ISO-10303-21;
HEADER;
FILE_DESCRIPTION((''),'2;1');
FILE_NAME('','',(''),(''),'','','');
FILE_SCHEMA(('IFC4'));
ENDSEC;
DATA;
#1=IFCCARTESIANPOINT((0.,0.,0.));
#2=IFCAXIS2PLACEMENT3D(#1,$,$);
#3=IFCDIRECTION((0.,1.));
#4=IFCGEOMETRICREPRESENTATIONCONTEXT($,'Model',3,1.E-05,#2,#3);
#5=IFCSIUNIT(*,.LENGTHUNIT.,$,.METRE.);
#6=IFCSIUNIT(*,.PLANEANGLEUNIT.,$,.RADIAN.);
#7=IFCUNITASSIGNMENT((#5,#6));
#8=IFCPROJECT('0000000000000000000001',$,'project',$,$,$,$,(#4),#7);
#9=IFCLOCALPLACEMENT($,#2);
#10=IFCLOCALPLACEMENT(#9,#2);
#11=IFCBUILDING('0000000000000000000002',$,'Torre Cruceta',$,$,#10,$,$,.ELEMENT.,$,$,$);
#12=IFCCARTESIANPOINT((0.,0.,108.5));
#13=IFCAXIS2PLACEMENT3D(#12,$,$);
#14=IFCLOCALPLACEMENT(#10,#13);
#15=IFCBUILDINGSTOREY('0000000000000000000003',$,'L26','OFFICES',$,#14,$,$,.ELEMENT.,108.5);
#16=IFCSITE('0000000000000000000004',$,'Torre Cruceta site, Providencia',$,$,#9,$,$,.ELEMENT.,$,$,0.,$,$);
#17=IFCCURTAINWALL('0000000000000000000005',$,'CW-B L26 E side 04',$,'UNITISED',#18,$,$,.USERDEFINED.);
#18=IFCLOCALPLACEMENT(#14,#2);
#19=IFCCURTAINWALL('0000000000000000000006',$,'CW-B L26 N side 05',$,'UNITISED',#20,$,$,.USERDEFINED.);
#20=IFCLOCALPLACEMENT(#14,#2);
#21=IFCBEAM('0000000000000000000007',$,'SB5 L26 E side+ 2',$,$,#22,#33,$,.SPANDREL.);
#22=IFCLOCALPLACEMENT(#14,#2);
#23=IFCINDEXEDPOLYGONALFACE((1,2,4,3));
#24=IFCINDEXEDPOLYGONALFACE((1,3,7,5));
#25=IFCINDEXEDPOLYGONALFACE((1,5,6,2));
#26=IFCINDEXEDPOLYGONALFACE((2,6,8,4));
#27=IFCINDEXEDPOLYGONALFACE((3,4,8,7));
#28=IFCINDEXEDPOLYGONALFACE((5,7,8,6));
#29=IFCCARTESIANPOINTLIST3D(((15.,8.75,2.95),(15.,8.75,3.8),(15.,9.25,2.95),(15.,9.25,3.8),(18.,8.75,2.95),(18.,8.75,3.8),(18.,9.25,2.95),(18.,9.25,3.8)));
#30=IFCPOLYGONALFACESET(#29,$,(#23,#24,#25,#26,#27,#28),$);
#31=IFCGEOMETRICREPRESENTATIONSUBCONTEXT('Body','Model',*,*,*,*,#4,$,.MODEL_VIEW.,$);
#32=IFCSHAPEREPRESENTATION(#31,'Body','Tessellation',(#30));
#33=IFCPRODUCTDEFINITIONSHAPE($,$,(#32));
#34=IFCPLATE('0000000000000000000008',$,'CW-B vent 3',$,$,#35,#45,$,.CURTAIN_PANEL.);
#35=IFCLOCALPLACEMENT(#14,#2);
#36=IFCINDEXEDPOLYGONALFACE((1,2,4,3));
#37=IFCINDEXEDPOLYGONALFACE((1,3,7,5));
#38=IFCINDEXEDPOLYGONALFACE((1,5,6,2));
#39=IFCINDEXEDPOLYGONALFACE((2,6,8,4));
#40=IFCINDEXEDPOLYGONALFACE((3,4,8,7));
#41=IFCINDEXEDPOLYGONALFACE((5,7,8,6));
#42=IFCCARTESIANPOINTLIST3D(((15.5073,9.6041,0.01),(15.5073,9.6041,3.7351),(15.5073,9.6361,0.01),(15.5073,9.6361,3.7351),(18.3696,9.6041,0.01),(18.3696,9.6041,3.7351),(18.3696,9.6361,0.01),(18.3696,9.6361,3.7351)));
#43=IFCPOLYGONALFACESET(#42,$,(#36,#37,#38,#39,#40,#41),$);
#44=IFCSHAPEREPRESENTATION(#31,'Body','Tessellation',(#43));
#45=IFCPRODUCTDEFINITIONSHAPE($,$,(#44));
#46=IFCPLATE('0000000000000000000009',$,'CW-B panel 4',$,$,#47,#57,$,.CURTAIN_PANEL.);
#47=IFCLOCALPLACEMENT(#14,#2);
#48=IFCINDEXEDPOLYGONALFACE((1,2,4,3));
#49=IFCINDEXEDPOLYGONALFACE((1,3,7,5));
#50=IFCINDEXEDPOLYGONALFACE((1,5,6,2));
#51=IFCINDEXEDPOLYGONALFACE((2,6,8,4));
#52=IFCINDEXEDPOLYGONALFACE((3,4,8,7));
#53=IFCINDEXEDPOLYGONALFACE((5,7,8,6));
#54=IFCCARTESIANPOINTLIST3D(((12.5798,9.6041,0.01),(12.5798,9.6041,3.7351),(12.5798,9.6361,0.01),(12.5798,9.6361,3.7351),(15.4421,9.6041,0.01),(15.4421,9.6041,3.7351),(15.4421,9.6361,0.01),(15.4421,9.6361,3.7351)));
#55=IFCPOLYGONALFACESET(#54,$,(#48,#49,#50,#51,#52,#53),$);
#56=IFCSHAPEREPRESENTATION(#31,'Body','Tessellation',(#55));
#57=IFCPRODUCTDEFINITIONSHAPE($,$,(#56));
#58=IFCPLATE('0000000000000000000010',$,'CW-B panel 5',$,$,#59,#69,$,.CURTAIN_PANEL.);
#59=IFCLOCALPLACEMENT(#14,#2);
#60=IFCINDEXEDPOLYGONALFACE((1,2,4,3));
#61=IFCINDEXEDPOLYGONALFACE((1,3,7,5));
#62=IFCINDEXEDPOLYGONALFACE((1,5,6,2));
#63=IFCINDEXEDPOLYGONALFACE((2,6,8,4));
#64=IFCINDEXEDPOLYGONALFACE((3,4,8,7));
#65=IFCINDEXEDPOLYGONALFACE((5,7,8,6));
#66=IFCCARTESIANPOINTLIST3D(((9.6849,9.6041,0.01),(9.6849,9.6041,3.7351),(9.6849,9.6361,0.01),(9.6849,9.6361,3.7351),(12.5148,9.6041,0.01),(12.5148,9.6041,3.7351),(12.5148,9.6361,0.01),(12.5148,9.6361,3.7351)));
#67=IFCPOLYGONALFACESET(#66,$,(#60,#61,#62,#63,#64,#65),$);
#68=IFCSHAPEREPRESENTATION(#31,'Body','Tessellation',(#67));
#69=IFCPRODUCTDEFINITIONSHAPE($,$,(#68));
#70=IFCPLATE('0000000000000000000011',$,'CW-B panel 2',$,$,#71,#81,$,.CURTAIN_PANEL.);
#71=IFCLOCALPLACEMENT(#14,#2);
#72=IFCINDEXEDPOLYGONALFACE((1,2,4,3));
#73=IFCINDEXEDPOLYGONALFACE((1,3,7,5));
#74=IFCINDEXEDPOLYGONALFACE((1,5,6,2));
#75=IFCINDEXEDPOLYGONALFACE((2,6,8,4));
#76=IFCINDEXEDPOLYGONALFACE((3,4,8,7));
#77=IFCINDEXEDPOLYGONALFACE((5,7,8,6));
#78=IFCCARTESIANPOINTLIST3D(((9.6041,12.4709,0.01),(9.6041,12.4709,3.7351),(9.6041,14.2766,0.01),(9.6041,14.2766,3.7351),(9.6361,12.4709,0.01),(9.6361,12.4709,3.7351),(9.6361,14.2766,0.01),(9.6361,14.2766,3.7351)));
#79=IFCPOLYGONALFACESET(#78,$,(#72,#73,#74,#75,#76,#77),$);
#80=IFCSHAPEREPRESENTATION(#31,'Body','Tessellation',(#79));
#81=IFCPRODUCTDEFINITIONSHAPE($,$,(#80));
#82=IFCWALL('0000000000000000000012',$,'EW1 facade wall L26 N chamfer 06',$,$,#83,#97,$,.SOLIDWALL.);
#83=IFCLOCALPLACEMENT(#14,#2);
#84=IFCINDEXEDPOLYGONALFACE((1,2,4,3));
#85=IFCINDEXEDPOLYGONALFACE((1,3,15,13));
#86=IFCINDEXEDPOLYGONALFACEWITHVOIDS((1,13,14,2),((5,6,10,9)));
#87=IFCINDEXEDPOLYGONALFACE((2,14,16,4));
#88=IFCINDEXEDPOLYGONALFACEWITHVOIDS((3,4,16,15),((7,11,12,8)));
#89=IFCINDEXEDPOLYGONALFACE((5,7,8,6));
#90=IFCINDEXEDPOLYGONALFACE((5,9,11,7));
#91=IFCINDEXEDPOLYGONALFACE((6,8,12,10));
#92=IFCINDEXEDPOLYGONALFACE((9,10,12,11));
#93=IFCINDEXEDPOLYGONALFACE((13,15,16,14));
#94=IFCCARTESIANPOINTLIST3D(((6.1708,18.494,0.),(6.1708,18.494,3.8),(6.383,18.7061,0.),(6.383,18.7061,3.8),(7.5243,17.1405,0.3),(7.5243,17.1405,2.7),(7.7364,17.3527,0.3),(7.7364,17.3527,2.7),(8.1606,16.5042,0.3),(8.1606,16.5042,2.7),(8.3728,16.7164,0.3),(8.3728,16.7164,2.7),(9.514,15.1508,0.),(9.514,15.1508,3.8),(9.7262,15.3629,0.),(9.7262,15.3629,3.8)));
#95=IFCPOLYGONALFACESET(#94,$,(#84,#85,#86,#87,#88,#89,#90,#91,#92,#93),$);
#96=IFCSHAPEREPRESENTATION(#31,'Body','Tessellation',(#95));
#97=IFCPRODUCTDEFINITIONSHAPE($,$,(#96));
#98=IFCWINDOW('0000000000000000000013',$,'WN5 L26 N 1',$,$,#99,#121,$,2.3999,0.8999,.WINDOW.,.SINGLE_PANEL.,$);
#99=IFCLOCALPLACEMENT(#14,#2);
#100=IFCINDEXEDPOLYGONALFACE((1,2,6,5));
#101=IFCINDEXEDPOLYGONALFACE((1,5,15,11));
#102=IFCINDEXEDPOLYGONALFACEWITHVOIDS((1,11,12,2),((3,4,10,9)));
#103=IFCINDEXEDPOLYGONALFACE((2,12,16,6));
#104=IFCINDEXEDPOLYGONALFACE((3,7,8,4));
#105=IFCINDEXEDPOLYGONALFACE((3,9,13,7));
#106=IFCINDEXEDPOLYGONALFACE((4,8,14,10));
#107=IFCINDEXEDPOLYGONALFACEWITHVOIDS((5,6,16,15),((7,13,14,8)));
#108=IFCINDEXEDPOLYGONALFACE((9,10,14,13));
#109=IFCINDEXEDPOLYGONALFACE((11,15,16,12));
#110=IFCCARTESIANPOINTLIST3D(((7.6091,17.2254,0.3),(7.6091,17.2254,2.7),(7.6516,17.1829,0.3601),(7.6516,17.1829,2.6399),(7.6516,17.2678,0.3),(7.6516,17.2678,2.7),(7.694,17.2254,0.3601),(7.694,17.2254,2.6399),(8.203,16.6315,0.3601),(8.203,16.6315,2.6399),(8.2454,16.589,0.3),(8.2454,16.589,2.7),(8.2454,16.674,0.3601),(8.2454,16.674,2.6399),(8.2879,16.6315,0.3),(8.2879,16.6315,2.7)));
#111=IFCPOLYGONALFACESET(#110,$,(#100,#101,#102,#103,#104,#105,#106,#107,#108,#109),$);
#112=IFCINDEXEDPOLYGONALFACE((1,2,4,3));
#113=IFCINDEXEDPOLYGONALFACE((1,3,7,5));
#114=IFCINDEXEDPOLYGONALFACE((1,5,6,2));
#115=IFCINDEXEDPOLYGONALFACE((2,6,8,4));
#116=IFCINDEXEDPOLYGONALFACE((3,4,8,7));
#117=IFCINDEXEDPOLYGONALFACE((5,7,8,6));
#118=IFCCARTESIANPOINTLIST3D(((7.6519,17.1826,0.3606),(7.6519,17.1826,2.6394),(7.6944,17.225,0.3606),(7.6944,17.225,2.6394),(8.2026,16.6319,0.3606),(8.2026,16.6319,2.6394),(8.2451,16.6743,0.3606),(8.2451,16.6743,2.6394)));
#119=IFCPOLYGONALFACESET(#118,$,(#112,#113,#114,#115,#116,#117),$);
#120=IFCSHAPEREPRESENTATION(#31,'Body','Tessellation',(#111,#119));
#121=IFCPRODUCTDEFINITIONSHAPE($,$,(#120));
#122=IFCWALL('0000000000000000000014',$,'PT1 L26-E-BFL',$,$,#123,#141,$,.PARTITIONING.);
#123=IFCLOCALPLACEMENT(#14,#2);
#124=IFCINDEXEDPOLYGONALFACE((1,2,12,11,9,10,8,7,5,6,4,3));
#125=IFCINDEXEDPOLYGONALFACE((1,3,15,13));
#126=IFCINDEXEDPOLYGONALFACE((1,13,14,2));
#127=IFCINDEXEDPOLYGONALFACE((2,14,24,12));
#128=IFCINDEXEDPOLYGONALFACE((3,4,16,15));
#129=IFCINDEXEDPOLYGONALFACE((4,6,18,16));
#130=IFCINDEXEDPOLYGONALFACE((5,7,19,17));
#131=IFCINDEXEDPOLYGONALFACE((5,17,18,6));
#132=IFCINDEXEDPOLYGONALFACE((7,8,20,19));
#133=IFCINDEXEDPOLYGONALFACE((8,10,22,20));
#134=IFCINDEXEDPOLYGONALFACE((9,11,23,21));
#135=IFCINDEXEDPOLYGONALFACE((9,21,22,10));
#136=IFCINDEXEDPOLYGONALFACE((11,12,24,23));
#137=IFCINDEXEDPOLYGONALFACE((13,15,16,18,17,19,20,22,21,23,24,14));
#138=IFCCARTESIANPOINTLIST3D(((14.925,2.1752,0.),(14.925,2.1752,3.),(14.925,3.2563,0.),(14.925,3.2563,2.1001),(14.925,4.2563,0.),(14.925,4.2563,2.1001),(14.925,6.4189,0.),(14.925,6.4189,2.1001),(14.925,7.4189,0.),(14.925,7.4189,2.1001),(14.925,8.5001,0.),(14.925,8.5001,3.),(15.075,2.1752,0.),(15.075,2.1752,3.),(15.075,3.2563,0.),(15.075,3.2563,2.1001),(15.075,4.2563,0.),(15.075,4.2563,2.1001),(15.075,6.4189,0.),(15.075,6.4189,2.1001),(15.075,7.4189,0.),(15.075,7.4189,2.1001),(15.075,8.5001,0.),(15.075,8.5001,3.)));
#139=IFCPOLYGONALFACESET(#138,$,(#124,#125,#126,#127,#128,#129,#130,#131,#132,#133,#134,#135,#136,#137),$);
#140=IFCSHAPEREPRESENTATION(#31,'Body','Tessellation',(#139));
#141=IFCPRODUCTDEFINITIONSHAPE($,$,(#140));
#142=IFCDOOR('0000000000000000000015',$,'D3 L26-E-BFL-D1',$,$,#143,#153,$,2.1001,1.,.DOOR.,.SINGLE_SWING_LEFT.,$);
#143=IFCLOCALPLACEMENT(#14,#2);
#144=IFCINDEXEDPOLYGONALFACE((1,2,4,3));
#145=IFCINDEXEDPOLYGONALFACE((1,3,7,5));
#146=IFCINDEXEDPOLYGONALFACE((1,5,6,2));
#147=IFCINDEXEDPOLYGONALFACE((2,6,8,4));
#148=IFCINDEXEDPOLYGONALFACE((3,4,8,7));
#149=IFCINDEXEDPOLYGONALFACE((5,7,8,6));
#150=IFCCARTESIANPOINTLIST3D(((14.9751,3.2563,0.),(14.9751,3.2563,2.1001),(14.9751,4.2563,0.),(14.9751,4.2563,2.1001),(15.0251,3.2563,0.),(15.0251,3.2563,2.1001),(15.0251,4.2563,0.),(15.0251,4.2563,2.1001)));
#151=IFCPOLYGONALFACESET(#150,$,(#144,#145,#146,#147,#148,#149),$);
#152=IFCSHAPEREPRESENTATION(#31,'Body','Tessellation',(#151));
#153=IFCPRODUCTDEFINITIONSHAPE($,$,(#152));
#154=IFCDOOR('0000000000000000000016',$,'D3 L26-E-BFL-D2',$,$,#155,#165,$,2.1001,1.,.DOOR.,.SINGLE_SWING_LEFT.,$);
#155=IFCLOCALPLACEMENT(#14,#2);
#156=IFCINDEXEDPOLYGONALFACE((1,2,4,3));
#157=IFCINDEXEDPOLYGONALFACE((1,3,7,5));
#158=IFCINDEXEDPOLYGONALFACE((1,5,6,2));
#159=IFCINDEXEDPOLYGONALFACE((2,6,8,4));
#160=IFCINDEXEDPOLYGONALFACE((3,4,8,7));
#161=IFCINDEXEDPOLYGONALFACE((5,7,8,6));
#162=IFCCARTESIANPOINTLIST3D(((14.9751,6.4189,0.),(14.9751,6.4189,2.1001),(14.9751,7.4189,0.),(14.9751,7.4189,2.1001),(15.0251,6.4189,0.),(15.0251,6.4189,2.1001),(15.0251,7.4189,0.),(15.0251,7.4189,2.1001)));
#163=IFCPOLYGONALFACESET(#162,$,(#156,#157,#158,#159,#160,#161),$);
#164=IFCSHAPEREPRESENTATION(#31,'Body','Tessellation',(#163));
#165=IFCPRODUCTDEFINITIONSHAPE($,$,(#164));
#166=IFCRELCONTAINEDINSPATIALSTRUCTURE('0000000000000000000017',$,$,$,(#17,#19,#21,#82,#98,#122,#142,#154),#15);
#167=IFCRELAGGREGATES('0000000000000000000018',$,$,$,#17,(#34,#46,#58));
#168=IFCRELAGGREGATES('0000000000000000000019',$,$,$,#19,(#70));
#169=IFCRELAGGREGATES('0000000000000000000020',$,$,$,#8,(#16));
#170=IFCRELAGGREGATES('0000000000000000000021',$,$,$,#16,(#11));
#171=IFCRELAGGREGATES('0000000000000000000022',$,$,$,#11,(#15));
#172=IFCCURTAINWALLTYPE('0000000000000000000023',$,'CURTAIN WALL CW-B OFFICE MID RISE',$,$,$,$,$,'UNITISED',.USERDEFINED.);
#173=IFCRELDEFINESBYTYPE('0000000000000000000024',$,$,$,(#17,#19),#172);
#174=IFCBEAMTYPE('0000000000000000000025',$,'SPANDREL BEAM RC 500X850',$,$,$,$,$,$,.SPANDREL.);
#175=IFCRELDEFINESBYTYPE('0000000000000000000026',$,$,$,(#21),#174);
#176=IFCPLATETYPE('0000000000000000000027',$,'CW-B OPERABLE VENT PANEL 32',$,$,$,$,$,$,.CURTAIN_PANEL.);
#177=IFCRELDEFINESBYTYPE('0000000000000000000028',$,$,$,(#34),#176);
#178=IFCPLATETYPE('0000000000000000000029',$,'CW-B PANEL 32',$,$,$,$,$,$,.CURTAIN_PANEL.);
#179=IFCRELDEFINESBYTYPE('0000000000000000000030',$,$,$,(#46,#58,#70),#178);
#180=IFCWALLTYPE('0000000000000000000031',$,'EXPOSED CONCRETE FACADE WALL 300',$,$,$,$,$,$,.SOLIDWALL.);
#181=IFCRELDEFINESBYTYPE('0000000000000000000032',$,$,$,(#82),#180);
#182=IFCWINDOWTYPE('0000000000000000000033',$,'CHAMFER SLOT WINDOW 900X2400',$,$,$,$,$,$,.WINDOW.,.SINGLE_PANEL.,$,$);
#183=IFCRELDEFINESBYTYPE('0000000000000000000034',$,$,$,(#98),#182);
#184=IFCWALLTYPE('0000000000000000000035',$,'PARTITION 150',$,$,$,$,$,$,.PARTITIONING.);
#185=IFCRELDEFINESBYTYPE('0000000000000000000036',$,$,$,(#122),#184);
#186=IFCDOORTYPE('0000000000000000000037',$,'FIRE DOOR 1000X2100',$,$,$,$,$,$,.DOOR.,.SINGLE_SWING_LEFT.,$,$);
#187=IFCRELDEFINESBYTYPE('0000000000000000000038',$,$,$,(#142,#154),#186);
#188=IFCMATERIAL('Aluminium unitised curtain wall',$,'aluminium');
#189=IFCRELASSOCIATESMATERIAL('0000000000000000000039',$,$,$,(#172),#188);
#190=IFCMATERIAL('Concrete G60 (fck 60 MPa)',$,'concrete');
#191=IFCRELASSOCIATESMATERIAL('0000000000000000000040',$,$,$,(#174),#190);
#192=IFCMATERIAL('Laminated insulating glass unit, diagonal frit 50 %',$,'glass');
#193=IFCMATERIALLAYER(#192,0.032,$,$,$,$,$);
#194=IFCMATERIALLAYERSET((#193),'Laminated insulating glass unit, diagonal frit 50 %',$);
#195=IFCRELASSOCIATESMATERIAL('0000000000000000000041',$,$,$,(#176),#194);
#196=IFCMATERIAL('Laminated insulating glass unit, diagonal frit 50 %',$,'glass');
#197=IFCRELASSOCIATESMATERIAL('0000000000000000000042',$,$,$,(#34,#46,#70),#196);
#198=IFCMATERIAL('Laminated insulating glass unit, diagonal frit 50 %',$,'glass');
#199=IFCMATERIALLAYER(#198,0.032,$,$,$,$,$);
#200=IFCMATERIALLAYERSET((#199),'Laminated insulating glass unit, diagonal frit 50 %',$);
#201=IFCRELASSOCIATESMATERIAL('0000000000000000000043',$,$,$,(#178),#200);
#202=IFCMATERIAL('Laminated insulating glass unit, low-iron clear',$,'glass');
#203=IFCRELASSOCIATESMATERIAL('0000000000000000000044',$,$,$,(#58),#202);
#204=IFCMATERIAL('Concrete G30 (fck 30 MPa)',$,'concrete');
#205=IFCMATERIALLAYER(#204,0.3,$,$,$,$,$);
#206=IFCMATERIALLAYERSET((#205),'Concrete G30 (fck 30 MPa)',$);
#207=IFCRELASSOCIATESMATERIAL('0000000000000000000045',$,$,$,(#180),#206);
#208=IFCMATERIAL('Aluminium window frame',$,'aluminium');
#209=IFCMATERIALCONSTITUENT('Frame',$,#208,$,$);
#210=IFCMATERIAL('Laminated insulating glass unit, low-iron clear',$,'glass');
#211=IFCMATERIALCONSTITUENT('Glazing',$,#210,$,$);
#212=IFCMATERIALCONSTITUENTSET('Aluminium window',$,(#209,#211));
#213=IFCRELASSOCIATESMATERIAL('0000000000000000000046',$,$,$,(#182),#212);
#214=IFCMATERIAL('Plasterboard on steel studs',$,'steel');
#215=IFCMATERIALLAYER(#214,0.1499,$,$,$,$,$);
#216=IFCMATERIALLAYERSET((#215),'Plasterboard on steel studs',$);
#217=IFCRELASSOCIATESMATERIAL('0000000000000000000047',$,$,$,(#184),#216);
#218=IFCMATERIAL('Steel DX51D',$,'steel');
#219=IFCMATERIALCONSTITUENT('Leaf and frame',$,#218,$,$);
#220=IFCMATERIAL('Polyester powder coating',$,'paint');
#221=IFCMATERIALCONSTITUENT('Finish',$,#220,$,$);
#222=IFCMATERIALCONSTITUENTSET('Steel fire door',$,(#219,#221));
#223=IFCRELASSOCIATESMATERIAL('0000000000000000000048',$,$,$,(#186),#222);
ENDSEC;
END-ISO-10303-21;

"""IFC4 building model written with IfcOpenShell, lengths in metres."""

from ifc_helpers import new_model, si_unit, direction, frame, frame_2d, origin, origin_2d, place, context, subcontext, project, spatial, rectangle, hollow_rectangle, extrude, material, layer, layer_set, constituent, constituent_set, material_profile, profile_set, type_object, element, fill, aggregate, save


model = new_model("IFC4")

# Units and contexts
model_context = context("Model", 3, precision=1e-05, world=origin(), true_north=direction((0.0, 1.0)))
body_context = subcontext(model_context, "Body", "Model", "MODEL_VIEW")
ifc_project = project(units=[si_unit("LENGTHUNIT", "METRE"), si_unit("PLANEANGLEUNIT", "RADIAN")], contexts=[model_context])

# Site, building, storey
site_placement = place(None, origin())
site = spatial("IfcSite", under=ifc_project, at=site_placement, Name="Torre Cruceta site, Providencia", CompositionType="ELEMENT", RefElevation=0.0)
building_placement = place(site_placement, origin())
building = spatial("IfcBuilding", under=site, at=building_placement, Name="Torre Cruceta", CompositionType="ELEMENT")
storey_placement = place(building_placement, frame((0.0, 0.0, 108.5)))
storey = spatial("IfcBuildingStorey", under=building, at=storey_placement, Name="L26", Description="OFFICES", CompositionType="ELEMENT", Elevation=108.5)

# Curtain wall
ifc_material_1 = material(Name="Aluminium unitised curtain wall", Category="aluminium")
curtain_wall_type = type_object("IfcCurtainWallType", Name="CURTAIN WALL CW-B OFFICE MID RISE", ElementType="UNITISED", PredefinedType="USERDEFINED", material=ifc_material_1)
curtain_wall_1_placement = place(storey_placement, origin())
curtain_wall_1 = element("IfcCurtainWall", 1, at=curtain_wall_1_placement, inside=storey, type_object=curtain_wall_type, Name="CW-B L26 E side 04", ObjectType="UNITISED", PredefinedType="USERDEFINED")

# Curtain wall
curtain_wall_2_placement = place(storey_placement, origin())
curtain_wall_2 = element("IfcCurtainWall", 2, at=curtain_wall_2_placement, inside=storey, type_object=curtain_wall_type, Name="CW-B L26 N side 05", ObjectType="UNITISED", PredefinedType="USERDEFINED")

# Beam
ifc_material_2 = material(Name="Concrete G60 (fck 60 MPa)", Category="concrete")
ifc_material_profile_1 = material_profile(ifc_material_2, rectangle(XDim=0.5, YDim=0.8501, at=origin_2d()), Name="RC 500X850")
ifc_profile_set_1 = profile_set([ifc_material_profile_1], Name="Concrete G60 (fck 60 MPa)")
beam_type_1 = type_object("IfcBeamType", Name="SPANDREL BEAM RC 500X850", PredefinedType="SPANDREL", material=ifc_profile_set_1)
beam_1_placement = place(storey_placement, frame((15.0, 9.0, 3.375), z_axis=(1.0, 0.0, 0.0), x_axis=(0.0, 1.0, 0.0)))
element("IfcBeam", 3, at=beam_1_placement, inside=storey, type_object=beam_type_1, Name="SB5 L26 E side+ 2", PredefinedType="SPANDREL", context=body_context, shape_type="SweptSolid", body=[
    extrude(rectangle(XDim=0.5, YDim=0.8501, at=origin_2d()), origin(), (0.0, 0.0, 1.0), 3.0),
])

# Plates
ifc_material_3 = material(Name="Laminated insulating glass unit, diagonal frit 50 %", Category="glass")
ifc_material_4 = material(Name="Laminated insulating glass unit, diagonal frit 50 %", Category="glass")
ifc_layer_1 = layer(ifc_material_4, 0.032)
ifc_layer_set_1 = layer_set([ifc_layer_1], Name="Laminated insulating glass unit, diagonal frit 50 %")
plate_type_1 = type_object("IfcPlateType", Name="CW-B OPERABLE VENT PANEL 32", PredefinedType="CURTAIN_PANEL", material=ifc_layer_set_1)
plate_1_placement = place(storey_placement, frame((16.9385, 9.6201, 0.01), z_axis=(0.0, 0.0, 1.0), x_axis=(-1.0, 0.0, 0.0)))
plate_1 = element("IfcPlate", 4, at=plate_1_placement, type_object=plate_type_1, material=ifc_material_3, Name="CW-B vent 3", PredefinedType="CURTAIN_PANEL", context=body_context, shape_type="SweptSolid", body=[
    extrude(rectangle(XDim=2.8623, YDim=0.032, at=origin_2d()), origin(), (0.0, 0.0, 1.0), 3.7251),
])
ifc_material_5 = material(Name="Laminated insulating glass unit, diagonal frit 50 %", Category="glass")
ifc_layer_2 = layer(ifc_material_5, 0.032)
ifc_layer_set_2 = layer_set([ifc_layer_2], Name="Laminated insulating glass unit, diagonal frit 50 %")
plate_type_2 = type_object("IfcPlateType", Name="CW-B PANEL 32", PredefinedType="CURTAIN_PANEL", material=ifc_layer_set_2)
plate_2_placement = place(storey_placement, frame((14.011, 9.6201, 0.01), z_axis=(0.0, 0.0, 1.0), x_axis=(-1.0, 0.0, 0.0)))
plate_2 = element("IfcPlate", 5, at=plate_2_placement, type_object=plate_type_2, material=ifc_material_3, Name="CW-B panel 4", PredefinedType="CURTAIN_PANEL", context=body_context, shape_type="SweptSolid", body=[
    extrude(rectangle(XDim=2.8623, YDim=0.032, at=origin_2d()), origin(), (0.0, 0.0, 1.0), 3.7251),
])
ifc_material_6 = material(Name="Laminated insulating glass unit, low-iron clear", Category="glass")
plate_3_placement = place(storey_placement, frame((11.0999, 9.6201, 0.01), z_axis=(0.0, 0.0, 1.0), x_axis=(-1.0, 0.0, 0.0)))
plate_3 = element("IfcPlate", 6, at=plate_3_placement, type_object=plate_type_2, material=ifc_material_6, Name="CW-B panel 5", PredefinedType="CURTAIN_PANEL", context=body_context, shape_type="SweptSolid", body=[
    extrude(rectangle(XDim=2.8298, YDim=0.032, at=origin_2d()), origin(), (0.0, 0.0, 1.0), 3.7251),
])
aggregate(curtain_wall_1, [plate_1, plate_2, plate_3])
plate_4_placement = place(storey_placement, frame((9.6201, 13.3738, 0.01), z_axis=(0.0, 0.0, 1.0), x_axis=(0.0, 1.0, 0.0)))
plate_4 = element("IfcPlate", 7, at=plate_4_placement, type_object=plate_type_2, material=ifc_material_3, Name="CW-B panel 2", PredefinedType="CURTAIN_PANEL", context=body_context, shape_type="SweptSolid", body=[
    extrude(rectangle(XDim=1.8057, YDim=0.032, at=origin_2d()), origin(), (0.0, 0.0, 1.0), 3.7251),
])
aggregate(curtain_wall_2, [plate_4])

# Wall, opening, window
ifc_material_7 = material(Name="Concrete G30 (fck 30 MPa)", Category="concrete")
ifc_layer_3 = layer(ifc_material_7, 0.3)
ifc_layer_set_3 = layer_set([ifc_layer_3], Name="Concrete G30 (fck 30 MPa)")
wall_type_1 = type_object("IfcWallType", Name="EXPOSED CONCRETE FACADE WALL 300", PredefinedType="SOLIDWALL", material=ifc_layer_set_3)
wall_1_placement = place(storey_placement, frame((9.6201, 15.2568, 0.0), z_axis=(0.0, 0.0, 1.0), x_axis=(-0.707107, 0.707107, 0.0)))
wall_1 = element("IfcWall", 8, at=wall_1_placement, inside=storey, type_object=wall_type_1, Name="EW1 facade wall L26 N chamfer 06", PredefinedType="SOLIDWALL", context=body_context, shape_type="SweptSolid", body=[
    extrude(rectangle(XDim=4.728, YDim=0.3, at=frame_2d((2.364, 0.0))), origin(), (0.0, 0.0, 1.0), 3.8),
])
opening_1_placement = place(wall_1_placement, frame((1.9141, 0.0, 0.3)))
opening_1 = element("IfcOpeningElement", 9, at=opening_1_placement, cuts=wall_1, PredefinedType="OPENING", context=body_context, shape_type="SweptSolid", body=[
    extrude(rectangle(XDim=0.8999, YDim=2.3999, at=frame_2d((0.45, 1.2))), frame((0.0, 0.1599, 0.0), z_axis=(0.0, -1.0, 0.0), x_axis=(1.0, 0.0, 0.0)), (0.0, 0.0, 1.0), 0.3201),
])
ifc_material_8 = material(Name="Aluminium window frame", Category="aluminium")
ifc_constituent_1 = constituent(ifc_material_8, Name="Frame")
ifc_material_9 = material(Name="Laminated insulating glass unit, low-iron clear", Category="glass")
ifc_constituent_2 = constituent(ifc_material_9, Name="Glazing")
ifc_constituent_set_1 = constituent_set(constituents=[ifc_constituent_1, ifc_constituent_2], Name="Aluminium window")
window_type = type_object("IfcWindowType", Name="CHAMFER SLOT WINDOW 900X2400", PartitioningType="SINGLE_PANEL", PredefinedType="WINDOW", material=ifc_constituent_set_1)
window_placement = place(opening_1_placement, origin())
window = element("IfcWindow", 10, at=window_placement, inside=storey, type_object=window_type, Name="WN5 L26 N 1", OverallHeight=2.3999, OverallWidth=0.8999, PartitioningType="SINGLE_PANEL", PredefinedType="WINDOW", context=body_context, shape_type="SweptSolid", body=[
    extrude(hollow_rectangle(XDim=0.8999, YDim=2.3999, WallThickness=0.0601, at=frame_2d((0.45, 1.2))), frame((0.0, 0.03, 0.0), z_axis=(0.0, -1.0, 0.0), x_axis=(1.0, 0.0, 0.0)), (0.0, 0.0, 1.0), 0.0601),
    extrude(rectangle(XDim=0.7788, YDim=2.2788, at=frame_2d((0.45, 1.2))), frame((0.0, 0.03, 0.0), z_axis=(0.0, -1.0, 0.0), x_axis=(1.0, 0.0, 0.0)), (0.0, 0.0, 1.0), 0.0601),
])
fill(opening_1, window)

# Wall, openings, doors
ifc_material_10 = material(Name="Plasterboard on steel studs", Category="steel")
ifc_layer_4 = layer(ifc_material_10, 0.1499)
ifc_layer_set_4 = layer_set([ifc_layer_4], Name="Plasterboard on steel studs")
wall_type_2 = type_object("IfcWallType", Name="PARTITION 150", PredefinedType="PARTITIONING", material=ifc_layer_set_4)
wall_2_placement = place(storey_placement, frame((15.0, 2.175, 0.0), z_axis=(0.0, 0.0, 1.0), x_axis=(0.0, 1.0, 0.0)))
wall_2 = element("IfcWall", 11, at=wall_2_placement, inside=storey, type_object=wall_type_2, Name="PT1 L26-E-BFL", PredefinedType="PARTITIONING", context=body_context, shape_type="SweptSolid", body=[
    extrude(rectangle(XDim=6.325, YDim=0.1499, at=frame_2d((3.1626, 0.0))), origin(), (0.0, 0.0, 1.0), 3.0),
])
opening_2_placement = place(wall_2_placement, frame((1.0813, 0.0, 0.0)))
opening_2 = element("IfcOpeningElement", 12, at=opening_2_placement, cuts=wall_2, PredefinedType="OPENING", context=body_context, shape_type="SweptSolid", body=[
    extrude(rectangle(XDim=1.0, YDim=2.1001, at=frame_2d((0.5, 1.05))), frame((0.0, 0.085, 0.0), z_axis=(0.0, -1.0, 0.0), x_axis=(1.0, 0.0, 0.0)), (0.0, 0.0, 1.0), 0.1699),
])
opening_3_placement = place(wall_2_placement, frame((4.2439, 0.0, 0.0)))
opening_3 = element("IfcOpeningElement", 13, at=opening_3_placement, cuts=wall_2, PredefinedType="OPENING", context=body_context, shape_type="SweptSolid", body=[
    extrude(rectangle(XDim=1.0, YDim=2.1001, at=frame_2d((0.5, 1.05))), frame((0.0, 0.085, 0.0), z_axis=(0.0, -1.0, 0.0), x_axis=(1.0, 0.0, 0.0)), (0.0, 0.0, 1.0), 0.1699),
])
ifc_material_11 = material(Name="Steel DX51D", Category="steel")
ifc_constituent_3 = constituent(ifc_material_11, Name="Leaf and frame")
ifc_material_12 = material(Name="Polyester powder coating", Category="paint")
ifc_constituent_4 = constituent(ifc_material_12, Name="Finish")
ifc_constituent_set_2 = constituent_set(constituents=[ifc_constituent_3, ifc_constituent_4], Name="Steel fire door")
door_type = type_object("IfcDoorType", Name="FIRE DOOR 1000X2100", OperationType="SINGLE_SWING_LEFT", PredefinedType="DOOR", material=ifc_constituent_set_2)
door_1_placement = place(opening_2_placement, origin())
door_1 = element("IfcDoor", 14, at=door_1_placement, inside=storey, type_object=door_type, Name="D3 L26-E-BFL-D1", OperationType="SINGLE_SWING_LEFT", OverallHeight=2.1001, OverallWidth=1.0, PredefinedType="DOOR", context=body_context, shape_type="SweptSolid", body=[
    extrude(rectangle(XDim=1.0, YDim=2.1001, at=frame_2d((0.5, 1.05))), frame((0.0, 0.0249, 0.0), z_axis=(0.0, -1.0, 0.0), x_axis=(1.0, 0.0, 0.0)), (0.0, 0.0, 1.0), 0.05),
])
fill(opening_2, door_1)
door_2_placement = place(opening_3_placement, origin())
door_2 = element("IfcDoor", 15, at=door_2_placement, inside=storey, type_object=door_type, Name="D3 L26-E-BFL-D2", OperationType="SINGLE_SWING_LEFT", OverallHeight=2.1001, OverallWidth=1.0, PredefinedType="DOOR", context=body_context, shape_type="SweptSolid", body=[
    extrude(rectangle(XDim=1.0, YDim=2.1001, at=frame_2d((0.5, 1.05))), frame((0.0, 0.0249, 0.0), z_axis=(0.0, -1.0, 0.0), x_axis=(1.0, 0.0, 0.0)), (0.0, 0.0, 1.0), 0.05),
])
fill(opening_3, door_2)

save(model, "model.ifc")
